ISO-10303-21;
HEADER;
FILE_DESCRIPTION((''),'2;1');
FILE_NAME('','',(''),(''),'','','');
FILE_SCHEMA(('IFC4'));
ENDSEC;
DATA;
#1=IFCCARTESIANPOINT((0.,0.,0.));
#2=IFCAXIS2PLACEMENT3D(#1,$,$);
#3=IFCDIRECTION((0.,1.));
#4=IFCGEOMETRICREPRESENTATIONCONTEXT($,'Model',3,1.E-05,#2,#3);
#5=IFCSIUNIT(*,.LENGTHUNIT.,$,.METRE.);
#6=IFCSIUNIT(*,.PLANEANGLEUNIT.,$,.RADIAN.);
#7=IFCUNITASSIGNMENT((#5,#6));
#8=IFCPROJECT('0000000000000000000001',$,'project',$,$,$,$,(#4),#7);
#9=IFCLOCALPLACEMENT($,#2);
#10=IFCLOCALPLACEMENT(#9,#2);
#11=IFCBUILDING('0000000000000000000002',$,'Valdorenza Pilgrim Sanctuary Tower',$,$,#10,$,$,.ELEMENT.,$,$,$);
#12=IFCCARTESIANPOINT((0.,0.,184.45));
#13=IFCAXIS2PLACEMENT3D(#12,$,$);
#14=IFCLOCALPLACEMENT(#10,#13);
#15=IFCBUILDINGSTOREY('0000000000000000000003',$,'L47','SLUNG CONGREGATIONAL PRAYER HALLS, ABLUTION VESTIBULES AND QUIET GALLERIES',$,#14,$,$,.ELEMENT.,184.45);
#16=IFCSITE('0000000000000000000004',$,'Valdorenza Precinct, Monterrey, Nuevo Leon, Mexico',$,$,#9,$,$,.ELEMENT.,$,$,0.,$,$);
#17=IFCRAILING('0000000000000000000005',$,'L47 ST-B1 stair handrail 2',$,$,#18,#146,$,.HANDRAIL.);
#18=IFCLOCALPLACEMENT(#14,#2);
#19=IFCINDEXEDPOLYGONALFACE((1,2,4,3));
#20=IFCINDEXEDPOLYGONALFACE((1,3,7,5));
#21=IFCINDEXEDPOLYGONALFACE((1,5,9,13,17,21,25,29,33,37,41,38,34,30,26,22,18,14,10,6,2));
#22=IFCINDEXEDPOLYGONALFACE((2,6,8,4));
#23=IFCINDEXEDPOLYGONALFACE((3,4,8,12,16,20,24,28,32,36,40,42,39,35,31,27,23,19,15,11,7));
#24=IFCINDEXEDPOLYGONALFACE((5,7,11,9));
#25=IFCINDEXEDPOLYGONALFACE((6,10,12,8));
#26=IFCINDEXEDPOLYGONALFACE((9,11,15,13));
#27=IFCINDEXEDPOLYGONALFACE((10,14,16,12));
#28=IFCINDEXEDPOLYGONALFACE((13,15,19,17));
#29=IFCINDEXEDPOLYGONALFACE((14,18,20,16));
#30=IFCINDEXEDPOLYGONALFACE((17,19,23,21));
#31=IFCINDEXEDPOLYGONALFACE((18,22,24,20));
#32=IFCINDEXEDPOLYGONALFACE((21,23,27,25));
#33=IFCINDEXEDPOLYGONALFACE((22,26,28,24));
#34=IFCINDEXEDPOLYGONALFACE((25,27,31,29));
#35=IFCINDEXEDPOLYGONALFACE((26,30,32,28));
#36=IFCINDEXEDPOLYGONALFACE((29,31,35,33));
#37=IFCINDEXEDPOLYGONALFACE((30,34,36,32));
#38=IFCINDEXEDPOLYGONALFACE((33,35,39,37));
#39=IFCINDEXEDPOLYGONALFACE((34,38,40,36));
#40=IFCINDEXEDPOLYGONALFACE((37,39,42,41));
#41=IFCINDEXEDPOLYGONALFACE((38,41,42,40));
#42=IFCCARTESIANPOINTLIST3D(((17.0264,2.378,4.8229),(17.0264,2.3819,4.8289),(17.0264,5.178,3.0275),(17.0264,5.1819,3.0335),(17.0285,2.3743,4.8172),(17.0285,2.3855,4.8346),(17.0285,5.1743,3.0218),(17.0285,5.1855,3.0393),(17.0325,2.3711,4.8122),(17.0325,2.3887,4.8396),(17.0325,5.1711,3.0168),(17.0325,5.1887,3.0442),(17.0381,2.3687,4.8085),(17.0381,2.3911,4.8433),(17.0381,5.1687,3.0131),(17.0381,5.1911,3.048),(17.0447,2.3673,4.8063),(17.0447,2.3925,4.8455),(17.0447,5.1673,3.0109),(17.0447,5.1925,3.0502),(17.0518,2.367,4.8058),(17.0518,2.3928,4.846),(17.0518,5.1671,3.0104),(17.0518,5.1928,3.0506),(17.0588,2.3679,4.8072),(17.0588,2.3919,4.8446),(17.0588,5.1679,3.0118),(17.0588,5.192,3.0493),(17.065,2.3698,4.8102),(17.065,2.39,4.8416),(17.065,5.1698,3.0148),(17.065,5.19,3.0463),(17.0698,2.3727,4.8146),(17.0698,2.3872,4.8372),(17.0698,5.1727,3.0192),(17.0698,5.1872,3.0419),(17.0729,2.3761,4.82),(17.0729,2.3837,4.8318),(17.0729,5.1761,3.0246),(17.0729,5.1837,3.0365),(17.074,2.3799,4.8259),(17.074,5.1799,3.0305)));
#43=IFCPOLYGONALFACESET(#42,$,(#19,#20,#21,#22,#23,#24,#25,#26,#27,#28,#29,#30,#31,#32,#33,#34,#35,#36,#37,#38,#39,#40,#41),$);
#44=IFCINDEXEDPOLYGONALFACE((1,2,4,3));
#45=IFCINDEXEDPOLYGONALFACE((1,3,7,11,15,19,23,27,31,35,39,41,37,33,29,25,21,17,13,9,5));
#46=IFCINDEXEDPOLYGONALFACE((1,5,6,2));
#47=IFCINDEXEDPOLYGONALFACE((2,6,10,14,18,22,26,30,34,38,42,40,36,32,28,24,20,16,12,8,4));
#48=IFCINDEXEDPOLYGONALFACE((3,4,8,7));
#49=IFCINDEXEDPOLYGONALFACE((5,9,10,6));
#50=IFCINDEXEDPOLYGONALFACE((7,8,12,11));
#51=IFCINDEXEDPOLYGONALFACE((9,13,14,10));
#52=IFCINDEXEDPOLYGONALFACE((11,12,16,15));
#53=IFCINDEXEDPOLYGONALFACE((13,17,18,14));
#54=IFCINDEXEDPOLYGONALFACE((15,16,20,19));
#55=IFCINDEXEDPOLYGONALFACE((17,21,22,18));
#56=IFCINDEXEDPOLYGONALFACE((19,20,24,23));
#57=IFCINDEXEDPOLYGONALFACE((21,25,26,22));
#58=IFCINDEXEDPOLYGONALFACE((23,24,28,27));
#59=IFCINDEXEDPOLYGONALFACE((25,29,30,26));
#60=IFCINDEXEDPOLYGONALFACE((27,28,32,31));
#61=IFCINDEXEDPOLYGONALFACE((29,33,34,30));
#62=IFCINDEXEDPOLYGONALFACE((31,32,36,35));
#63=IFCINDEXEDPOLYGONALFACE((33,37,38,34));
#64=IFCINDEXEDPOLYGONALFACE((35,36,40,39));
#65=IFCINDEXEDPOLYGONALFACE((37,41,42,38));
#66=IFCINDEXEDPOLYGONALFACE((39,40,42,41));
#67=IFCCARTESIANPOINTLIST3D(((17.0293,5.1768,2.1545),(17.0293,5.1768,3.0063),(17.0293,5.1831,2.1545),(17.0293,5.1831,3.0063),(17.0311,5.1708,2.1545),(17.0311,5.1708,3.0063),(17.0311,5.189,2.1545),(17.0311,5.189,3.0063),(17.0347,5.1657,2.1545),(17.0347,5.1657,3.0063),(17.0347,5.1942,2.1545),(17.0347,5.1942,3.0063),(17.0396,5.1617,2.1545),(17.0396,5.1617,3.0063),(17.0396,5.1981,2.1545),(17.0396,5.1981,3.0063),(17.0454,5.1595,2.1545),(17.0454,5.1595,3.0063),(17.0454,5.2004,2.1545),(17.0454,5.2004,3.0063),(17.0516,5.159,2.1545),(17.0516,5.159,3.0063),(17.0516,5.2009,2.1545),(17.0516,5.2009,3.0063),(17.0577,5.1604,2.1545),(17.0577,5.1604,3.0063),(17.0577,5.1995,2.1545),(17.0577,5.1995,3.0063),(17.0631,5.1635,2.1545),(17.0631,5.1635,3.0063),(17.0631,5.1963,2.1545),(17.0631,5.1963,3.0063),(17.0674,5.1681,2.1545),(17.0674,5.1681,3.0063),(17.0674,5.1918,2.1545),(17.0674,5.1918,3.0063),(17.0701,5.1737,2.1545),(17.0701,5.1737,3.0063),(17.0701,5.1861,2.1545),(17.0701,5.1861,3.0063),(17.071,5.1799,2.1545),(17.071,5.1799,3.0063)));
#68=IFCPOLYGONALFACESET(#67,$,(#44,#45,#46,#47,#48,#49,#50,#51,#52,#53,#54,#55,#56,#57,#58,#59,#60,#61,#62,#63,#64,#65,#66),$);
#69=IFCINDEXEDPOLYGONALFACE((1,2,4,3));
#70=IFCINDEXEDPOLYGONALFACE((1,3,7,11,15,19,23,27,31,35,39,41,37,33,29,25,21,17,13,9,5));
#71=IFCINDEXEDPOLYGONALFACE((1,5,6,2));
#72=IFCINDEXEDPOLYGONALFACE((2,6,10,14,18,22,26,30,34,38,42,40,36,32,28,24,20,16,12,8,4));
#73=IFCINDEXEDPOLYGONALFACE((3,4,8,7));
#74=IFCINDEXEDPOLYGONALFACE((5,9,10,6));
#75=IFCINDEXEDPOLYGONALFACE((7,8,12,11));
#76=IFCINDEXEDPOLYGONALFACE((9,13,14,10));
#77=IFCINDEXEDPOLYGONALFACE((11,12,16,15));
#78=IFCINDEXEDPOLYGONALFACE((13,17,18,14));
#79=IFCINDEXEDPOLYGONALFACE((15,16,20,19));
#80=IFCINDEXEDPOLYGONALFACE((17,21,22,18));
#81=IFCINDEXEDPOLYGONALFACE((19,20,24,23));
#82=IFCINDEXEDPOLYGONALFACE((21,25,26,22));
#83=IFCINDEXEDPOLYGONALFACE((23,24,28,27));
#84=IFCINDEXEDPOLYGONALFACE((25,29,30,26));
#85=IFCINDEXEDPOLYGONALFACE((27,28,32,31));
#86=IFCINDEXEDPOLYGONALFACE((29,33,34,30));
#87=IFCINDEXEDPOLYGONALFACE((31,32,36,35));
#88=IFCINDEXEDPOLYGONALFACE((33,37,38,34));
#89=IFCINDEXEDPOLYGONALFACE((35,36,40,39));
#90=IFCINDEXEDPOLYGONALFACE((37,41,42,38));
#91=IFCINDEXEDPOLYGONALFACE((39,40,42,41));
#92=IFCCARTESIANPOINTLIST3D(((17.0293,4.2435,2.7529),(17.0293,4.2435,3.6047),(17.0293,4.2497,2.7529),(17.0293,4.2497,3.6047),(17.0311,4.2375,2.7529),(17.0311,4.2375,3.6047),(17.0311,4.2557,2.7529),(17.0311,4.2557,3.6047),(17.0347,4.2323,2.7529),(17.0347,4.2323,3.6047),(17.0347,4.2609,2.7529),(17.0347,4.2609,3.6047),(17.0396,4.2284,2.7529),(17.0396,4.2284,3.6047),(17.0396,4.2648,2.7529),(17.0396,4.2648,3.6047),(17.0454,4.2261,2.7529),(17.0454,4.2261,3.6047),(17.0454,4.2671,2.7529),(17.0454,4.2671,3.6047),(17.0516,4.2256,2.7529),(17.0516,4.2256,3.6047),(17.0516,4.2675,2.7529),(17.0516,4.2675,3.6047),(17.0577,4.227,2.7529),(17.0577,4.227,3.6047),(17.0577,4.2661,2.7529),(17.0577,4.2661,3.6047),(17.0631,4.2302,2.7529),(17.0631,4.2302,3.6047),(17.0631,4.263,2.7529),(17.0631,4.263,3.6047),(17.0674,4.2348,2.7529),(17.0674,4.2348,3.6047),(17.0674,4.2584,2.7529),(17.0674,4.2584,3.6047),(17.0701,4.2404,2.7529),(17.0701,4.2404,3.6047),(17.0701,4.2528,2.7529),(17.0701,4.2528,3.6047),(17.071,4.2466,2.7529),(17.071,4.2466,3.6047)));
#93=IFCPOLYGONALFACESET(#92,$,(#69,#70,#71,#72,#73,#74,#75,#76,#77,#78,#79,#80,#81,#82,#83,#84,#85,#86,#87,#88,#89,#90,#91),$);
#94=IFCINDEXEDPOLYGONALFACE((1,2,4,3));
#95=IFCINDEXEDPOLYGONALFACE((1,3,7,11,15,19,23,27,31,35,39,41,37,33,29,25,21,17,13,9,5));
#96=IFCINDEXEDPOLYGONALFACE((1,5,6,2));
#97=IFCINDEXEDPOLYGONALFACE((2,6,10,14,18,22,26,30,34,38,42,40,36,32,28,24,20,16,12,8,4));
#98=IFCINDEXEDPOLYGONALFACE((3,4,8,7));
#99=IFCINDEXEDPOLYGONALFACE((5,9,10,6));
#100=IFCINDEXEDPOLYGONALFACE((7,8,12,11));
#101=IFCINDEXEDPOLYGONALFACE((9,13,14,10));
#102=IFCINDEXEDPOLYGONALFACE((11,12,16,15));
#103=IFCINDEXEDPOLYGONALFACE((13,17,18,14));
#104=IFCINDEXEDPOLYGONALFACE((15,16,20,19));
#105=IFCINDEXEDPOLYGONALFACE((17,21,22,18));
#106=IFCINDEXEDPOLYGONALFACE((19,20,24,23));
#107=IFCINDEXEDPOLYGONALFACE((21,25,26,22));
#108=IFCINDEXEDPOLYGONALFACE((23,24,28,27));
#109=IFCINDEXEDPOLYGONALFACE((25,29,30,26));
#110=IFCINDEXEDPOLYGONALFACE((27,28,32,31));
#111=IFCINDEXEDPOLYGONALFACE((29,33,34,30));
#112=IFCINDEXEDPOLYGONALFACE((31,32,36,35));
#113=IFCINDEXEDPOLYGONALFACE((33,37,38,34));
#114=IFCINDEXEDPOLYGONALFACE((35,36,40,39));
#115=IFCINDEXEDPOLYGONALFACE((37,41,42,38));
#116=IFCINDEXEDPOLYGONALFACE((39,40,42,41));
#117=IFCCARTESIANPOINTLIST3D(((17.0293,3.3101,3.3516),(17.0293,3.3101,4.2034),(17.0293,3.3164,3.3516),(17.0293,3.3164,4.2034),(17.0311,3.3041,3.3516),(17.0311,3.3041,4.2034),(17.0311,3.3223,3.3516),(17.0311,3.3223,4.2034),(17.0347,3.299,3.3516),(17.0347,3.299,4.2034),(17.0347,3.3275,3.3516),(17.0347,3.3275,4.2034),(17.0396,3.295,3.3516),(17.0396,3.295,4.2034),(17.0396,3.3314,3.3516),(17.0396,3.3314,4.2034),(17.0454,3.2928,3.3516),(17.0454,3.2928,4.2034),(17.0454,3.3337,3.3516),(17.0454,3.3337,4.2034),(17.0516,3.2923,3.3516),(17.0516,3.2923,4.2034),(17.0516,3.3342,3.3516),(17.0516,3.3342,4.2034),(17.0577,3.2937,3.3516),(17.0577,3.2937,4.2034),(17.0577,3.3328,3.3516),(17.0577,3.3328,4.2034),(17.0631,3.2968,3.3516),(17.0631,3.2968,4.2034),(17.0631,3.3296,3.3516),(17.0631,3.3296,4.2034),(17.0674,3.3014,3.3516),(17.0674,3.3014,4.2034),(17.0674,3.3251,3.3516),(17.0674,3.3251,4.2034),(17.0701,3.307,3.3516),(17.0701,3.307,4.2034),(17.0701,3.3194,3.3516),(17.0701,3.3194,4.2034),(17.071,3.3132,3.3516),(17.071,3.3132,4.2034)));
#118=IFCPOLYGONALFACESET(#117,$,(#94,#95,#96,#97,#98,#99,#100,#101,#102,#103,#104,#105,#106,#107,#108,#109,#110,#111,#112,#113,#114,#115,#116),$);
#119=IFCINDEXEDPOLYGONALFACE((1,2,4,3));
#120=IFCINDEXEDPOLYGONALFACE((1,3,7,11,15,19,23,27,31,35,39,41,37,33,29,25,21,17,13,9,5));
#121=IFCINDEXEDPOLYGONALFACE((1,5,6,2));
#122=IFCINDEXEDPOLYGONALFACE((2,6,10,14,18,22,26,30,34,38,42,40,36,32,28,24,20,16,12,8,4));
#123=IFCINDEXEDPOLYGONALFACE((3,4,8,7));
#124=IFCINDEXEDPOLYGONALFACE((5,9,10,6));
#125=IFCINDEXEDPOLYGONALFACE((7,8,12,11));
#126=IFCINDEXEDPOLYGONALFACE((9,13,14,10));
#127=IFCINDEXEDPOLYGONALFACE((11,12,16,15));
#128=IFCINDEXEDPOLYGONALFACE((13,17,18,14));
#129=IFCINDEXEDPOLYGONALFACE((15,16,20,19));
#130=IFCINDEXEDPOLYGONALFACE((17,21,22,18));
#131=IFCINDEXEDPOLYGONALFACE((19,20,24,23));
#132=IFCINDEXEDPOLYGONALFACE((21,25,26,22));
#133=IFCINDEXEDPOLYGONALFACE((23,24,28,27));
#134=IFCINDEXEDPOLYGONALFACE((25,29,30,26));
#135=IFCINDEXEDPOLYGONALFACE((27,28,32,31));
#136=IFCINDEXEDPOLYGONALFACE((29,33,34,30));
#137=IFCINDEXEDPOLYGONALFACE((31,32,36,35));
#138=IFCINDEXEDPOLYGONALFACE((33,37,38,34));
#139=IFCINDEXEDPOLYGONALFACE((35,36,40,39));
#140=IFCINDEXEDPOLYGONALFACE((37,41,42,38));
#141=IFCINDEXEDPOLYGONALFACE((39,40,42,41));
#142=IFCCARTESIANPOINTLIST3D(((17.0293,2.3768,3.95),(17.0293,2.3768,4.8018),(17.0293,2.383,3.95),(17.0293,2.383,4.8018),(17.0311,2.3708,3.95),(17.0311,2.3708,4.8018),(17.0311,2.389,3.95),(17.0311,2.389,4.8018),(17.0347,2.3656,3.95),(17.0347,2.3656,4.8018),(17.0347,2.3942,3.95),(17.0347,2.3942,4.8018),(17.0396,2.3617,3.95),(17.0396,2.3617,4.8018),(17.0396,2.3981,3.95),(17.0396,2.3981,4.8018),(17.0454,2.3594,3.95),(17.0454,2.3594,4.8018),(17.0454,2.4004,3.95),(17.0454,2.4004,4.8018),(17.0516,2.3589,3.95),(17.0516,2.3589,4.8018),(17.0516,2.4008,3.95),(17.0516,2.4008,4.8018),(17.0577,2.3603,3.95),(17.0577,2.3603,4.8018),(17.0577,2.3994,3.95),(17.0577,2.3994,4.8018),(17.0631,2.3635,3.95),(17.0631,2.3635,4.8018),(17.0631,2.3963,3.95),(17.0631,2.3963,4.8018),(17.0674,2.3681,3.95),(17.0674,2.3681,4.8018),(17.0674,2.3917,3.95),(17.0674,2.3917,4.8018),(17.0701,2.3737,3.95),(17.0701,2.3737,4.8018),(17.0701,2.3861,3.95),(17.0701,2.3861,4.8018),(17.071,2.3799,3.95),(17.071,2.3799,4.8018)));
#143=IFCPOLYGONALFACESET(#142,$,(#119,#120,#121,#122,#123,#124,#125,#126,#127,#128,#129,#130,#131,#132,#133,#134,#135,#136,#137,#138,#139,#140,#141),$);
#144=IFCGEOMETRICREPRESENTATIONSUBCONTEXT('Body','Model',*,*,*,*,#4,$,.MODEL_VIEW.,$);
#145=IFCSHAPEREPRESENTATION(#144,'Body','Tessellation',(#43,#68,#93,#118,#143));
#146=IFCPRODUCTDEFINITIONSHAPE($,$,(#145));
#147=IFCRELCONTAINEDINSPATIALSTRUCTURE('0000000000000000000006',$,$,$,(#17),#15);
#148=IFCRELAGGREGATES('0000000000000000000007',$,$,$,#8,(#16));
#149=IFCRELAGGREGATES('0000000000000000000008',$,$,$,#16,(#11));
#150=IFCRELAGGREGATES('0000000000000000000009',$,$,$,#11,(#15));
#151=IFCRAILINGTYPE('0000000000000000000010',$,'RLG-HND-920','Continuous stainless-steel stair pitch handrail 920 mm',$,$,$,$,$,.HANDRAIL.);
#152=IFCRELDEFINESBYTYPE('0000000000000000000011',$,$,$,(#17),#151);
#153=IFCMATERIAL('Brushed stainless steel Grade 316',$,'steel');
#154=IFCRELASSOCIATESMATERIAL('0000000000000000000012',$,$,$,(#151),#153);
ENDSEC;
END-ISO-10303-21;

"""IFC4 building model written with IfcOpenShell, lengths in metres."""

from ifc_helpers import new_model, si_unit, direction, frame, origin, origin_2d, place, context, subcontext, project, spatial, circle, extrude, material, type_object, element, save


model = new_model("IFC4")

# Units and contexts
model_context = context("Model", 3, precision=1e-05, world=origin(), true_north=direction((0.0, 1.0)))
body_context = subcontext(model_context, "Body", "Model", "MODEL_VIEW")
ifc_project = project(units=[si_unit("LENGTHUNIT", "METRE"), si_unit("PLANEANGLEUNIT", "RADIAN")], contexts=[model_context])

# Site, building, storey
site_placement = place(None, origin())
site = spatial("IfcSite", under=ifc_project, at=site_placement, Name="Valdorenza Precinct, Monterrey, Nuevo Leon, Mexico", CompositionType="ELEMENT", RefElevation=0.0)
building_placement = place(site_placement, origin())
building = spatial("IfcBuilding", under=site, at=building_placement, Name="Valdorenza Pilgrim Sanctuary Tower", CompositionType="ELEMENT")
storey_placement = place(building_placement, frame((0.0, 0.0, 184.45)))
storey = spatial("IfcBuildingStorey", under=building, at=storey_placement, Name="L47", Description="SLUNG CONGREGATIONAL PRAYER HALLS, ABLUTION VESTIBULES AND QUIET GALLERIES", CompositionType="ELEMENT", Elevation=184.45)

# Shared definitions
ifc_material_1 = material(Name="Brushed stainless steel Grade 316", Category="steel")

# Railing
railing_type_1 = type_object("IfcRailingType", Name="RLG-HND-920", Description="Continuous stainless-steel stair pitch handrail 920 mm", PredefinedType="HANDRAIL", material=ifc_material_1)
railing_1_placement = place(storey_placement, frame((17.05, 5.1799, 2.1545)))
element("IfcRailing", 1, at=railing_1_placement, inside=storey, type_object=railing_type_1, Name="L47 ST-B1 stair handrail 2", PredefinedType="HANDRAIL", context=body_context, shape_type="SweptSolid", body=[
    extrude(circle(Radius=0.0239, at=origin_2d()), frame((0.0, 0.0, 0.876), z_axis=(0.0, -0.84181, 0.539774), x_axis=(1.0, 0.0, 0.0)), (0.0, 0.0, 1.0), 3.3262),
    extrude(circle(Radius=0.021, at=origin_2d()), origin(), (0.0, 0.0, 1.0), 0.8518),
    extrude(circle(Radius=0.021, at=origin_2d()), frame((0.0, -0.9333, 0.5984)), (0.0, 0.0, 1.0), 0.8518),
    extrude(circle(Radius=0.021, at=origin_2d()), frame((0.0, -1.8667, 1.197)), (0.0, 0.0, 1.0), 0.8518),
    extrude(circle(Radius=0.021, at=origin_2d()), frame((0.0, -2.8, 1.7954)), (0.0, 0.0, 1.0), 0.8518),
])

save(model, "model.ifc")
